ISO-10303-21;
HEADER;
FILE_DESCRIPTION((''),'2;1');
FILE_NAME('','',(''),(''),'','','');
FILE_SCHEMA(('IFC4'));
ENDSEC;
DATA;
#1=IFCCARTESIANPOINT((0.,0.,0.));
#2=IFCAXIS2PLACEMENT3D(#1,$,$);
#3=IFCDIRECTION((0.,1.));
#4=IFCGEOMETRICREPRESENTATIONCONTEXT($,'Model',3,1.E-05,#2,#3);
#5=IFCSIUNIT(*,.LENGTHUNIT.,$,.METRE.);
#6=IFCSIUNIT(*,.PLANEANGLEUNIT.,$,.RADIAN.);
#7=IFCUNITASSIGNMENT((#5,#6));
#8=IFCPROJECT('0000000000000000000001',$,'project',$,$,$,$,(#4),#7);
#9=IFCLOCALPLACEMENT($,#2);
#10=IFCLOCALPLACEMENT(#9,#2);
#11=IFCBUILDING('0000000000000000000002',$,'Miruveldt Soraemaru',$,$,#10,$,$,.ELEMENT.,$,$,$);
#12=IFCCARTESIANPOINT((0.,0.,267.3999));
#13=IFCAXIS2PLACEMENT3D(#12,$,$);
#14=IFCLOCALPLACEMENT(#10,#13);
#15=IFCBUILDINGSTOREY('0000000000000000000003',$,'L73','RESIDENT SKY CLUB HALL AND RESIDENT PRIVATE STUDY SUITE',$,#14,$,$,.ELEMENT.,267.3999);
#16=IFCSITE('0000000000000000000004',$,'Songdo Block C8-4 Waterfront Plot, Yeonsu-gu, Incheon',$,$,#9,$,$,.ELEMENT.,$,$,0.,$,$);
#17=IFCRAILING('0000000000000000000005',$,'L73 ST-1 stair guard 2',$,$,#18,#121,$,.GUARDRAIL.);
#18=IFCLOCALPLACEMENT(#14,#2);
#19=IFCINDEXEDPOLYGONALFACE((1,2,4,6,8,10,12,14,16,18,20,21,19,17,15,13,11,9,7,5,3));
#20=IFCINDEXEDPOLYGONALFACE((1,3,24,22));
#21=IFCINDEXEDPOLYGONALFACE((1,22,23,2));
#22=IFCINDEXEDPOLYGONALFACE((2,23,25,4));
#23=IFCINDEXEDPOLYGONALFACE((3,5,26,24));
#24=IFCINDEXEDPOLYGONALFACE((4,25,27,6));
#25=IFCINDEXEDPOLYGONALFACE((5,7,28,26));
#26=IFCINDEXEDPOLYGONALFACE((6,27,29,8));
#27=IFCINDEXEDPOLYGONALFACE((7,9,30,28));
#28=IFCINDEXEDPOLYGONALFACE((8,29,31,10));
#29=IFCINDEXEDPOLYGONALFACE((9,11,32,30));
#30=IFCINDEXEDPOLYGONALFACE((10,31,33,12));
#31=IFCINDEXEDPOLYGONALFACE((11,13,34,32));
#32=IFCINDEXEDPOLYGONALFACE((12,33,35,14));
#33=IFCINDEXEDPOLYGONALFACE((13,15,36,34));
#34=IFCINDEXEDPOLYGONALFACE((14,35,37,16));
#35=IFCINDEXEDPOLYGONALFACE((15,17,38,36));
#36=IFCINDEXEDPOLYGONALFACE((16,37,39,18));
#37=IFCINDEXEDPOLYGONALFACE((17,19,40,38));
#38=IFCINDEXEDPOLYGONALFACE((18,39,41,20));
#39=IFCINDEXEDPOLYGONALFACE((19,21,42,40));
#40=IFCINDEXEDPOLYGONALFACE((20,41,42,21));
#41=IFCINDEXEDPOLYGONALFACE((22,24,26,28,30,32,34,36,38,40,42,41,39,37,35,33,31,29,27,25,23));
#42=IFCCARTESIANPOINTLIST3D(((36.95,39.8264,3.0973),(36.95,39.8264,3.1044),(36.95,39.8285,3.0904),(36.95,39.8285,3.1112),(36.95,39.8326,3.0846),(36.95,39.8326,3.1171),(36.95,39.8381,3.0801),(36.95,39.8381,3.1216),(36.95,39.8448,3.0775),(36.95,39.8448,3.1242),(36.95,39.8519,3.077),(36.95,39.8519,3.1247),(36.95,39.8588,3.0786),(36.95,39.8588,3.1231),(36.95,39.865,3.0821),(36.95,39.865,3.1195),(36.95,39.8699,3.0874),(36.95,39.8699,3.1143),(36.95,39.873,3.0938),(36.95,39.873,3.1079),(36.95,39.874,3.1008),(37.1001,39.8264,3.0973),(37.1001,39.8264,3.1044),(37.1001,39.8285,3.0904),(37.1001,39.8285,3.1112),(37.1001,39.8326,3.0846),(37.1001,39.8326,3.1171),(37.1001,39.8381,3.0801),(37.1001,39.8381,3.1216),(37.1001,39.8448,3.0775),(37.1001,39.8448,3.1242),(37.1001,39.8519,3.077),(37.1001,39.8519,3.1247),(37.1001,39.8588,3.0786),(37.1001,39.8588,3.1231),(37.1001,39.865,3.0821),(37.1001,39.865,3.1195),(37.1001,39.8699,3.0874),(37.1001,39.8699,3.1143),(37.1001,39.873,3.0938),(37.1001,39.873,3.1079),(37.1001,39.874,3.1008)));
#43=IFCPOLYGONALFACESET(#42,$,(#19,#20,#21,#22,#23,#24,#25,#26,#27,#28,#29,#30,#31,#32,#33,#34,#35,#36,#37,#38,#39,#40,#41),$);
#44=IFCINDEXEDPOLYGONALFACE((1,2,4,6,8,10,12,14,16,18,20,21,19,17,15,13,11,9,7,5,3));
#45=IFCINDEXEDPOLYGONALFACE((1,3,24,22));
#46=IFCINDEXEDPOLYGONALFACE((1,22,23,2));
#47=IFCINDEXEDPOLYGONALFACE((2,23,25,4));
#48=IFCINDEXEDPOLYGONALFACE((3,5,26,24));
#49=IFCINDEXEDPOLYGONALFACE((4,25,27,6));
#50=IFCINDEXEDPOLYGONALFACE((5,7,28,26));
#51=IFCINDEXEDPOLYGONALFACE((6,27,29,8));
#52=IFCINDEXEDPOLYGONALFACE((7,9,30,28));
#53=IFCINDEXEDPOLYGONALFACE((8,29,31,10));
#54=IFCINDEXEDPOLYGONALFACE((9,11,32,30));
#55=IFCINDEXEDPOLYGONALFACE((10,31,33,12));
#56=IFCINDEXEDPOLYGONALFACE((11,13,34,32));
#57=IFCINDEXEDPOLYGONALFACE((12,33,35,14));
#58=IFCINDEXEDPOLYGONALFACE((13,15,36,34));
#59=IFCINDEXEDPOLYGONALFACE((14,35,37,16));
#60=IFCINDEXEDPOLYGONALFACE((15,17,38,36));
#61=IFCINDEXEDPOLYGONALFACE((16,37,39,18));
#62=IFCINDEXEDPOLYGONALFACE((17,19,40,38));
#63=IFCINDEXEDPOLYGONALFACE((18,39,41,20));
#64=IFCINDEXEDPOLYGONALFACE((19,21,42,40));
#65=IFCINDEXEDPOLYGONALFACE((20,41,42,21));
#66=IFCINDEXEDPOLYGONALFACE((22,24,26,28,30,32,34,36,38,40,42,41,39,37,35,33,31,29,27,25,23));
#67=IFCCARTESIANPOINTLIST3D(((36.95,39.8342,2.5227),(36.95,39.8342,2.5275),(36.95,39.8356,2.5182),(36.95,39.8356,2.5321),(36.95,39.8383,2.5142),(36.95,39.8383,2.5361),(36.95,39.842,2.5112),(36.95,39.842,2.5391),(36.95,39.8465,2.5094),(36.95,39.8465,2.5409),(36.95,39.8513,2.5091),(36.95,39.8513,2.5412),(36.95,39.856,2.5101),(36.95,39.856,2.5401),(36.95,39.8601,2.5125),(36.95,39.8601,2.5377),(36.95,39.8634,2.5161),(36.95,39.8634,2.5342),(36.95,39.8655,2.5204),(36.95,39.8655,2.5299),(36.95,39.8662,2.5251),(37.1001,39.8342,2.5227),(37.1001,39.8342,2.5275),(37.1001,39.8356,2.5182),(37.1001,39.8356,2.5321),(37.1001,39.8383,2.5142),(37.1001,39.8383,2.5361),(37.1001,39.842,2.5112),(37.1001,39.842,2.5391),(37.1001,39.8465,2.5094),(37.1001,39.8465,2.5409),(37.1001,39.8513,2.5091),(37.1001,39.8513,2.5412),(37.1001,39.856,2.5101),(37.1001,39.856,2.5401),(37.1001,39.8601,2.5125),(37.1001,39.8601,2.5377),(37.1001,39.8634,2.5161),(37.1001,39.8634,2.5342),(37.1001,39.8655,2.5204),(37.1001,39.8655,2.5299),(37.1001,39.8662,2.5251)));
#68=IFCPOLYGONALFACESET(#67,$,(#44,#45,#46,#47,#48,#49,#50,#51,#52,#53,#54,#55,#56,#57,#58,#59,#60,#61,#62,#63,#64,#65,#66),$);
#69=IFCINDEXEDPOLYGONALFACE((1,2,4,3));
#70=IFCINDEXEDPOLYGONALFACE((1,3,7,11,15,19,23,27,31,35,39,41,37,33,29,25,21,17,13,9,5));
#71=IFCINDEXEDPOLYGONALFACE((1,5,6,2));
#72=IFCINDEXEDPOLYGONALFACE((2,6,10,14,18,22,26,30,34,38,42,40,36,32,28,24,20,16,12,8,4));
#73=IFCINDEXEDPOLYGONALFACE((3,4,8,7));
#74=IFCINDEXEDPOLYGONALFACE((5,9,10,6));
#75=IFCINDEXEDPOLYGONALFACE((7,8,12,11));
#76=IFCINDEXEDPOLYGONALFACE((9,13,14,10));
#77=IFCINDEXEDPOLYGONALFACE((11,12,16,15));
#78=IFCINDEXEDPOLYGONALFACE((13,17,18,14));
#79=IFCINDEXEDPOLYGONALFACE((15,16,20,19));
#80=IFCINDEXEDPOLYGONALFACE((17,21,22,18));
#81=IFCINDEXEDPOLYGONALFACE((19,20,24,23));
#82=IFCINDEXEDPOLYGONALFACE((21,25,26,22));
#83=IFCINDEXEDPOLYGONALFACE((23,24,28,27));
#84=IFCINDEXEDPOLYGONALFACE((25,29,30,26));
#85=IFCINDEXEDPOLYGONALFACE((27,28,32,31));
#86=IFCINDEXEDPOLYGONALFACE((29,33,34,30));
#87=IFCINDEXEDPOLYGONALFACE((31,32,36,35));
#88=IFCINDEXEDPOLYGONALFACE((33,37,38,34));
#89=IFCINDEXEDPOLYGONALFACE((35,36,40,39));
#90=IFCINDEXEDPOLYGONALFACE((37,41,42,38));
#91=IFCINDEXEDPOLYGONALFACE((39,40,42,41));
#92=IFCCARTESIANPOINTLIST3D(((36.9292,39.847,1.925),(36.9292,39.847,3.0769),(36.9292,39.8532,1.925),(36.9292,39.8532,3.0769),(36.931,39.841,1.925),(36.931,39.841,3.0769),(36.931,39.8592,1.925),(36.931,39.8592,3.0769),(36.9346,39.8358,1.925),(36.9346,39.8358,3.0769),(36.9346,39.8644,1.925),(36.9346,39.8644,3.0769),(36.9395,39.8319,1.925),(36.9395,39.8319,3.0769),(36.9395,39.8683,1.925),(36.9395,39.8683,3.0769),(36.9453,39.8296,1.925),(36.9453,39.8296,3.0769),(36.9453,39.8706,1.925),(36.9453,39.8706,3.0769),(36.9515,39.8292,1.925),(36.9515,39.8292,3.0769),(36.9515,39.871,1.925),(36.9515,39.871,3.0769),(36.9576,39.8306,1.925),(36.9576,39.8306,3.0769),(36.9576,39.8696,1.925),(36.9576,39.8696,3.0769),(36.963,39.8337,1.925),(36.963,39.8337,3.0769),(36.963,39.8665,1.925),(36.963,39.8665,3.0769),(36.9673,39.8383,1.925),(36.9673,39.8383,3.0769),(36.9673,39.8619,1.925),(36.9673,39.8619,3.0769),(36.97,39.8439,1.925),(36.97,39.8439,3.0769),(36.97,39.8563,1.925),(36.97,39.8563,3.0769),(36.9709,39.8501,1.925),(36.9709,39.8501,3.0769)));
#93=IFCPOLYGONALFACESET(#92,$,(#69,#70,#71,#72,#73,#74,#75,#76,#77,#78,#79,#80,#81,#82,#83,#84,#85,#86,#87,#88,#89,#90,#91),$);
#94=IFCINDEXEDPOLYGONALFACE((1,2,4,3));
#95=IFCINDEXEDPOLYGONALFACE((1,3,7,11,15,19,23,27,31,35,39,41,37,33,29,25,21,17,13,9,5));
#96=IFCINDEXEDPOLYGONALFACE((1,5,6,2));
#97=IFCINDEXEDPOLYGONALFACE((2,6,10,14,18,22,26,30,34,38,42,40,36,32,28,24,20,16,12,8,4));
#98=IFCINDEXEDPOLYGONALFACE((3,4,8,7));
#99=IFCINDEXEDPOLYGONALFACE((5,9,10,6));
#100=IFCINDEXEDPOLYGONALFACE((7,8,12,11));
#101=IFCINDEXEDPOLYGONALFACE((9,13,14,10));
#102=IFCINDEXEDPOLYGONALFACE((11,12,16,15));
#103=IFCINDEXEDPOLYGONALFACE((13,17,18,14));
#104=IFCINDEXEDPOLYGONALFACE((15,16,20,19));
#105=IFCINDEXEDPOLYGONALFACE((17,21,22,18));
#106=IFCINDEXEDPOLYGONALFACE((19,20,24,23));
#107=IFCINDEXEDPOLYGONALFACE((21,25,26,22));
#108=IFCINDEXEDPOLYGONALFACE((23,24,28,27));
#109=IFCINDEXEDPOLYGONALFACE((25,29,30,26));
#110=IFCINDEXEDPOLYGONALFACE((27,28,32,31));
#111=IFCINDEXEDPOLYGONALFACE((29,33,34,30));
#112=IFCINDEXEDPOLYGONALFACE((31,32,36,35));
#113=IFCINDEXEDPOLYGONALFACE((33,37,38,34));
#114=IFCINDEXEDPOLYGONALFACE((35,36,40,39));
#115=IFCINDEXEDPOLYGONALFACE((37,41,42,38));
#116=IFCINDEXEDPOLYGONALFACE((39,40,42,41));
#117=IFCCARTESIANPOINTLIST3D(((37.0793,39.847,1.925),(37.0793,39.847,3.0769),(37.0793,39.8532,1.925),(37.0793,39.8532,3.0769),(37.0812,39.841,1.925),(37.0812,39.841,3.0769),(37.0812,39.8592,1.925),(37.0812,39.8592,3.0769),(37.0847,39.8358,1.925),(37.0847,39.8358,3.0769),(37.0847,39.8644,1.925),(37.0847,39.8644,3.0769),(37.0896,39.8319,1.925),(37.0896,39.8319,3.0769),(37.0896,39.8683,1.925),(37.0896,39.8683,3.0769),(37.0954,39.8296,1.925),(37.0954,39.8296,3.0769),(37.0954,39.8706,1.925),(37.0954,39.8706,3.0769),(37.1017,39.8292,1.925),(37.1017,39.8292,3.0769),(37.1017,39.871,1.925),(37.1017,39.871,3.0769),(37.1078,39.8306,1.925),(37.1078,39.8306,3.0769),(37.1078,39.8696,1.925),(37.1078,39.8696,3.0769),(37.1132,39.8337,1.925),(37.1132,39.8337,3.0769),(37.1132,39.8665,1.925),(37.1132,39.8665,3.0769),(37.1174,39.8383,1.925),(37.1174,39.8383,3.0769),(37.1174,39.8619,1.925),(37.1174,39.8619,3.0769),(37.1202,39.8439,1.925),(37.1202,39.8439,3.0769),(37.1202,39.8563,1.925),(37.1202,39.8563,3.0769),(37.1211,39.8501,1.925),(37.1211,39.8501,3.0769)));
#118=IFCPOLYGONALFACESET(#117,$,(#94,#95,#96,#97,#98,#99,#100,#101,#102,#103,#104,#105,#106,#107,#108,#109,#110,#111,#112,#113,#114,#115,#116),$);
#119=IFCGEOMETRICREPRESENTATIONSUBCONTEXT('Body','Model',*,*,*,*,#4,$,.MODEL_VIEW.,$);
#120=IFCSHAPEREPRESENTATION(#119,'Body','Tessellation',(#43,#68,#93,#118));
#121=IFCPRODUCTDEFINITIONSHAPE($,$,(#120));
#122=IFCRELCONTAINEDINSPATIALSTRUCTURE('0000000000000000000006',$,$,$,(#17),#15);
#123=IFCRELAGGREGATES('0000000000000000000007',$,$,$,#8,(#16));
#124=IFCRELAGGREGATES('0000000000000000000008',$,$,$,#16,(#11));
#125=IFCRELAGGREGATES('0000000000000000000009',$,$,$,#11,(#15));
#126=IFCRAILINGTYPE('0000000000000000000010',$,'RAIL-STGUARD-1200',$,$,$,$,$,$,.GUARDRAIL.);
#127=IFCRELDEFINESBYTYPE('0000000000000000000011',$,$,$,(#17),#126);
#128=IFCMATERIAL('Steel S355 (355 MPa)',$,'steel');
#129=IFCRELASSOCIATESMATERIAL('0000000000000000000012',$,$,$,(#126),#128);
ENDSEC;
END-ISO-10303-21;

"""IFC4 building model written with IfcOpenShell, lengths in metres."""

from ifc_helpers import new_model, si_unit, direction, frame, origin, origin_2d, place, context, subcontext, project, spatial, circle, extrude, material, type_object, element, save


model = new_model("IFC4")

# Units and contexts
model_context = context("Model", 3, precision=1e-05, world=origin(), true_north=direction((0.0, 1.0)))
body_context = subcontext(model_context, "Body", "Model", "MODEL_VIEW")
ifc_project = project(units=[si_unit("LENGTHUNIT", "METRE"), si_unit("PLANEANGLEUNIT", "RADIAN")], contexts=[model_context])

# Site, building, storey
site_placement = place(None, origin())
site = spatial("IfcSite", under=ifc_project, at=site_placement, Name="Songdo Block C8-4 Waterfront Plot, Yeonsu-gu, Incheon", CompositionType="ELEMENT", RefElevation=0.0)
building_placement = place(site_placement, origin())
building = spatial("IfcBuilding", under=site, at=building_placement, Name="Miruveldt Soraemaru", CompositionType="ELEMENT")
storey_placement = place(building_placement, frame((0.0, 0.0, 267.3999)))
storey = spatial("IfcBuildingStorey", under=building, at=storey_placement, Name="L73", Description="RESIDENT SKY CLUB HALL AND RESIDENT PRIVATE STUDY SUITE", CompositionType="ELEMENT", Elevation=267.3999)

# Railing
ifc_material_1 = material(Name="Steel S355 (355 MPa)", Category="steel")
railing_type_1 = type_object("IfcRailingType", Name="RAIL-STGUARD-1200", PredefinedType="GUARDRAIL", material=ifc_material_1)
railing_1_placement = place(storey_placement, frame((36.95, 39.8501, 1.925)))
element("IfcRailing", 1, at=railing_1_placement, inside=storey, type_object=railing_type_1, Name="L73 ST-1 stair guard 2", PredefinedType="GUARDRAIL", context=body_context, shape_type="SweptSolid", body=[
    extrude(circle(Radius=0.0239, at=origin_2d()), frame((0.0, 0.0, 1.1758), z_axis=(1.0, 0.0, 0.0), x_axis=(0.0, 1.0, 0.0)), (0.0, 0.0, 1.0), 0.1501),
    extrude(circle(Radius=0.0161, at=origin_2d()), frame((0.0, 0.0, 0.6001), z_axis=(1.0, 0.0, 0.0), x_axis=(0.0, 1.0, 0.0)), (0.0, 0.0, 1.0), 0.1501),
    extrude(circle(Radius=0.021, at=origin_2d()), origin(), (0.0, 0.0, 1.0), 1.1519),
    extrude(circle(Radius=0.021, at=origin_2d()), frame((0.1501, 0.0, 0.0)), (0.0, 0.0, 1.0), 1.1519),
])

save(model, "model.ifc")
